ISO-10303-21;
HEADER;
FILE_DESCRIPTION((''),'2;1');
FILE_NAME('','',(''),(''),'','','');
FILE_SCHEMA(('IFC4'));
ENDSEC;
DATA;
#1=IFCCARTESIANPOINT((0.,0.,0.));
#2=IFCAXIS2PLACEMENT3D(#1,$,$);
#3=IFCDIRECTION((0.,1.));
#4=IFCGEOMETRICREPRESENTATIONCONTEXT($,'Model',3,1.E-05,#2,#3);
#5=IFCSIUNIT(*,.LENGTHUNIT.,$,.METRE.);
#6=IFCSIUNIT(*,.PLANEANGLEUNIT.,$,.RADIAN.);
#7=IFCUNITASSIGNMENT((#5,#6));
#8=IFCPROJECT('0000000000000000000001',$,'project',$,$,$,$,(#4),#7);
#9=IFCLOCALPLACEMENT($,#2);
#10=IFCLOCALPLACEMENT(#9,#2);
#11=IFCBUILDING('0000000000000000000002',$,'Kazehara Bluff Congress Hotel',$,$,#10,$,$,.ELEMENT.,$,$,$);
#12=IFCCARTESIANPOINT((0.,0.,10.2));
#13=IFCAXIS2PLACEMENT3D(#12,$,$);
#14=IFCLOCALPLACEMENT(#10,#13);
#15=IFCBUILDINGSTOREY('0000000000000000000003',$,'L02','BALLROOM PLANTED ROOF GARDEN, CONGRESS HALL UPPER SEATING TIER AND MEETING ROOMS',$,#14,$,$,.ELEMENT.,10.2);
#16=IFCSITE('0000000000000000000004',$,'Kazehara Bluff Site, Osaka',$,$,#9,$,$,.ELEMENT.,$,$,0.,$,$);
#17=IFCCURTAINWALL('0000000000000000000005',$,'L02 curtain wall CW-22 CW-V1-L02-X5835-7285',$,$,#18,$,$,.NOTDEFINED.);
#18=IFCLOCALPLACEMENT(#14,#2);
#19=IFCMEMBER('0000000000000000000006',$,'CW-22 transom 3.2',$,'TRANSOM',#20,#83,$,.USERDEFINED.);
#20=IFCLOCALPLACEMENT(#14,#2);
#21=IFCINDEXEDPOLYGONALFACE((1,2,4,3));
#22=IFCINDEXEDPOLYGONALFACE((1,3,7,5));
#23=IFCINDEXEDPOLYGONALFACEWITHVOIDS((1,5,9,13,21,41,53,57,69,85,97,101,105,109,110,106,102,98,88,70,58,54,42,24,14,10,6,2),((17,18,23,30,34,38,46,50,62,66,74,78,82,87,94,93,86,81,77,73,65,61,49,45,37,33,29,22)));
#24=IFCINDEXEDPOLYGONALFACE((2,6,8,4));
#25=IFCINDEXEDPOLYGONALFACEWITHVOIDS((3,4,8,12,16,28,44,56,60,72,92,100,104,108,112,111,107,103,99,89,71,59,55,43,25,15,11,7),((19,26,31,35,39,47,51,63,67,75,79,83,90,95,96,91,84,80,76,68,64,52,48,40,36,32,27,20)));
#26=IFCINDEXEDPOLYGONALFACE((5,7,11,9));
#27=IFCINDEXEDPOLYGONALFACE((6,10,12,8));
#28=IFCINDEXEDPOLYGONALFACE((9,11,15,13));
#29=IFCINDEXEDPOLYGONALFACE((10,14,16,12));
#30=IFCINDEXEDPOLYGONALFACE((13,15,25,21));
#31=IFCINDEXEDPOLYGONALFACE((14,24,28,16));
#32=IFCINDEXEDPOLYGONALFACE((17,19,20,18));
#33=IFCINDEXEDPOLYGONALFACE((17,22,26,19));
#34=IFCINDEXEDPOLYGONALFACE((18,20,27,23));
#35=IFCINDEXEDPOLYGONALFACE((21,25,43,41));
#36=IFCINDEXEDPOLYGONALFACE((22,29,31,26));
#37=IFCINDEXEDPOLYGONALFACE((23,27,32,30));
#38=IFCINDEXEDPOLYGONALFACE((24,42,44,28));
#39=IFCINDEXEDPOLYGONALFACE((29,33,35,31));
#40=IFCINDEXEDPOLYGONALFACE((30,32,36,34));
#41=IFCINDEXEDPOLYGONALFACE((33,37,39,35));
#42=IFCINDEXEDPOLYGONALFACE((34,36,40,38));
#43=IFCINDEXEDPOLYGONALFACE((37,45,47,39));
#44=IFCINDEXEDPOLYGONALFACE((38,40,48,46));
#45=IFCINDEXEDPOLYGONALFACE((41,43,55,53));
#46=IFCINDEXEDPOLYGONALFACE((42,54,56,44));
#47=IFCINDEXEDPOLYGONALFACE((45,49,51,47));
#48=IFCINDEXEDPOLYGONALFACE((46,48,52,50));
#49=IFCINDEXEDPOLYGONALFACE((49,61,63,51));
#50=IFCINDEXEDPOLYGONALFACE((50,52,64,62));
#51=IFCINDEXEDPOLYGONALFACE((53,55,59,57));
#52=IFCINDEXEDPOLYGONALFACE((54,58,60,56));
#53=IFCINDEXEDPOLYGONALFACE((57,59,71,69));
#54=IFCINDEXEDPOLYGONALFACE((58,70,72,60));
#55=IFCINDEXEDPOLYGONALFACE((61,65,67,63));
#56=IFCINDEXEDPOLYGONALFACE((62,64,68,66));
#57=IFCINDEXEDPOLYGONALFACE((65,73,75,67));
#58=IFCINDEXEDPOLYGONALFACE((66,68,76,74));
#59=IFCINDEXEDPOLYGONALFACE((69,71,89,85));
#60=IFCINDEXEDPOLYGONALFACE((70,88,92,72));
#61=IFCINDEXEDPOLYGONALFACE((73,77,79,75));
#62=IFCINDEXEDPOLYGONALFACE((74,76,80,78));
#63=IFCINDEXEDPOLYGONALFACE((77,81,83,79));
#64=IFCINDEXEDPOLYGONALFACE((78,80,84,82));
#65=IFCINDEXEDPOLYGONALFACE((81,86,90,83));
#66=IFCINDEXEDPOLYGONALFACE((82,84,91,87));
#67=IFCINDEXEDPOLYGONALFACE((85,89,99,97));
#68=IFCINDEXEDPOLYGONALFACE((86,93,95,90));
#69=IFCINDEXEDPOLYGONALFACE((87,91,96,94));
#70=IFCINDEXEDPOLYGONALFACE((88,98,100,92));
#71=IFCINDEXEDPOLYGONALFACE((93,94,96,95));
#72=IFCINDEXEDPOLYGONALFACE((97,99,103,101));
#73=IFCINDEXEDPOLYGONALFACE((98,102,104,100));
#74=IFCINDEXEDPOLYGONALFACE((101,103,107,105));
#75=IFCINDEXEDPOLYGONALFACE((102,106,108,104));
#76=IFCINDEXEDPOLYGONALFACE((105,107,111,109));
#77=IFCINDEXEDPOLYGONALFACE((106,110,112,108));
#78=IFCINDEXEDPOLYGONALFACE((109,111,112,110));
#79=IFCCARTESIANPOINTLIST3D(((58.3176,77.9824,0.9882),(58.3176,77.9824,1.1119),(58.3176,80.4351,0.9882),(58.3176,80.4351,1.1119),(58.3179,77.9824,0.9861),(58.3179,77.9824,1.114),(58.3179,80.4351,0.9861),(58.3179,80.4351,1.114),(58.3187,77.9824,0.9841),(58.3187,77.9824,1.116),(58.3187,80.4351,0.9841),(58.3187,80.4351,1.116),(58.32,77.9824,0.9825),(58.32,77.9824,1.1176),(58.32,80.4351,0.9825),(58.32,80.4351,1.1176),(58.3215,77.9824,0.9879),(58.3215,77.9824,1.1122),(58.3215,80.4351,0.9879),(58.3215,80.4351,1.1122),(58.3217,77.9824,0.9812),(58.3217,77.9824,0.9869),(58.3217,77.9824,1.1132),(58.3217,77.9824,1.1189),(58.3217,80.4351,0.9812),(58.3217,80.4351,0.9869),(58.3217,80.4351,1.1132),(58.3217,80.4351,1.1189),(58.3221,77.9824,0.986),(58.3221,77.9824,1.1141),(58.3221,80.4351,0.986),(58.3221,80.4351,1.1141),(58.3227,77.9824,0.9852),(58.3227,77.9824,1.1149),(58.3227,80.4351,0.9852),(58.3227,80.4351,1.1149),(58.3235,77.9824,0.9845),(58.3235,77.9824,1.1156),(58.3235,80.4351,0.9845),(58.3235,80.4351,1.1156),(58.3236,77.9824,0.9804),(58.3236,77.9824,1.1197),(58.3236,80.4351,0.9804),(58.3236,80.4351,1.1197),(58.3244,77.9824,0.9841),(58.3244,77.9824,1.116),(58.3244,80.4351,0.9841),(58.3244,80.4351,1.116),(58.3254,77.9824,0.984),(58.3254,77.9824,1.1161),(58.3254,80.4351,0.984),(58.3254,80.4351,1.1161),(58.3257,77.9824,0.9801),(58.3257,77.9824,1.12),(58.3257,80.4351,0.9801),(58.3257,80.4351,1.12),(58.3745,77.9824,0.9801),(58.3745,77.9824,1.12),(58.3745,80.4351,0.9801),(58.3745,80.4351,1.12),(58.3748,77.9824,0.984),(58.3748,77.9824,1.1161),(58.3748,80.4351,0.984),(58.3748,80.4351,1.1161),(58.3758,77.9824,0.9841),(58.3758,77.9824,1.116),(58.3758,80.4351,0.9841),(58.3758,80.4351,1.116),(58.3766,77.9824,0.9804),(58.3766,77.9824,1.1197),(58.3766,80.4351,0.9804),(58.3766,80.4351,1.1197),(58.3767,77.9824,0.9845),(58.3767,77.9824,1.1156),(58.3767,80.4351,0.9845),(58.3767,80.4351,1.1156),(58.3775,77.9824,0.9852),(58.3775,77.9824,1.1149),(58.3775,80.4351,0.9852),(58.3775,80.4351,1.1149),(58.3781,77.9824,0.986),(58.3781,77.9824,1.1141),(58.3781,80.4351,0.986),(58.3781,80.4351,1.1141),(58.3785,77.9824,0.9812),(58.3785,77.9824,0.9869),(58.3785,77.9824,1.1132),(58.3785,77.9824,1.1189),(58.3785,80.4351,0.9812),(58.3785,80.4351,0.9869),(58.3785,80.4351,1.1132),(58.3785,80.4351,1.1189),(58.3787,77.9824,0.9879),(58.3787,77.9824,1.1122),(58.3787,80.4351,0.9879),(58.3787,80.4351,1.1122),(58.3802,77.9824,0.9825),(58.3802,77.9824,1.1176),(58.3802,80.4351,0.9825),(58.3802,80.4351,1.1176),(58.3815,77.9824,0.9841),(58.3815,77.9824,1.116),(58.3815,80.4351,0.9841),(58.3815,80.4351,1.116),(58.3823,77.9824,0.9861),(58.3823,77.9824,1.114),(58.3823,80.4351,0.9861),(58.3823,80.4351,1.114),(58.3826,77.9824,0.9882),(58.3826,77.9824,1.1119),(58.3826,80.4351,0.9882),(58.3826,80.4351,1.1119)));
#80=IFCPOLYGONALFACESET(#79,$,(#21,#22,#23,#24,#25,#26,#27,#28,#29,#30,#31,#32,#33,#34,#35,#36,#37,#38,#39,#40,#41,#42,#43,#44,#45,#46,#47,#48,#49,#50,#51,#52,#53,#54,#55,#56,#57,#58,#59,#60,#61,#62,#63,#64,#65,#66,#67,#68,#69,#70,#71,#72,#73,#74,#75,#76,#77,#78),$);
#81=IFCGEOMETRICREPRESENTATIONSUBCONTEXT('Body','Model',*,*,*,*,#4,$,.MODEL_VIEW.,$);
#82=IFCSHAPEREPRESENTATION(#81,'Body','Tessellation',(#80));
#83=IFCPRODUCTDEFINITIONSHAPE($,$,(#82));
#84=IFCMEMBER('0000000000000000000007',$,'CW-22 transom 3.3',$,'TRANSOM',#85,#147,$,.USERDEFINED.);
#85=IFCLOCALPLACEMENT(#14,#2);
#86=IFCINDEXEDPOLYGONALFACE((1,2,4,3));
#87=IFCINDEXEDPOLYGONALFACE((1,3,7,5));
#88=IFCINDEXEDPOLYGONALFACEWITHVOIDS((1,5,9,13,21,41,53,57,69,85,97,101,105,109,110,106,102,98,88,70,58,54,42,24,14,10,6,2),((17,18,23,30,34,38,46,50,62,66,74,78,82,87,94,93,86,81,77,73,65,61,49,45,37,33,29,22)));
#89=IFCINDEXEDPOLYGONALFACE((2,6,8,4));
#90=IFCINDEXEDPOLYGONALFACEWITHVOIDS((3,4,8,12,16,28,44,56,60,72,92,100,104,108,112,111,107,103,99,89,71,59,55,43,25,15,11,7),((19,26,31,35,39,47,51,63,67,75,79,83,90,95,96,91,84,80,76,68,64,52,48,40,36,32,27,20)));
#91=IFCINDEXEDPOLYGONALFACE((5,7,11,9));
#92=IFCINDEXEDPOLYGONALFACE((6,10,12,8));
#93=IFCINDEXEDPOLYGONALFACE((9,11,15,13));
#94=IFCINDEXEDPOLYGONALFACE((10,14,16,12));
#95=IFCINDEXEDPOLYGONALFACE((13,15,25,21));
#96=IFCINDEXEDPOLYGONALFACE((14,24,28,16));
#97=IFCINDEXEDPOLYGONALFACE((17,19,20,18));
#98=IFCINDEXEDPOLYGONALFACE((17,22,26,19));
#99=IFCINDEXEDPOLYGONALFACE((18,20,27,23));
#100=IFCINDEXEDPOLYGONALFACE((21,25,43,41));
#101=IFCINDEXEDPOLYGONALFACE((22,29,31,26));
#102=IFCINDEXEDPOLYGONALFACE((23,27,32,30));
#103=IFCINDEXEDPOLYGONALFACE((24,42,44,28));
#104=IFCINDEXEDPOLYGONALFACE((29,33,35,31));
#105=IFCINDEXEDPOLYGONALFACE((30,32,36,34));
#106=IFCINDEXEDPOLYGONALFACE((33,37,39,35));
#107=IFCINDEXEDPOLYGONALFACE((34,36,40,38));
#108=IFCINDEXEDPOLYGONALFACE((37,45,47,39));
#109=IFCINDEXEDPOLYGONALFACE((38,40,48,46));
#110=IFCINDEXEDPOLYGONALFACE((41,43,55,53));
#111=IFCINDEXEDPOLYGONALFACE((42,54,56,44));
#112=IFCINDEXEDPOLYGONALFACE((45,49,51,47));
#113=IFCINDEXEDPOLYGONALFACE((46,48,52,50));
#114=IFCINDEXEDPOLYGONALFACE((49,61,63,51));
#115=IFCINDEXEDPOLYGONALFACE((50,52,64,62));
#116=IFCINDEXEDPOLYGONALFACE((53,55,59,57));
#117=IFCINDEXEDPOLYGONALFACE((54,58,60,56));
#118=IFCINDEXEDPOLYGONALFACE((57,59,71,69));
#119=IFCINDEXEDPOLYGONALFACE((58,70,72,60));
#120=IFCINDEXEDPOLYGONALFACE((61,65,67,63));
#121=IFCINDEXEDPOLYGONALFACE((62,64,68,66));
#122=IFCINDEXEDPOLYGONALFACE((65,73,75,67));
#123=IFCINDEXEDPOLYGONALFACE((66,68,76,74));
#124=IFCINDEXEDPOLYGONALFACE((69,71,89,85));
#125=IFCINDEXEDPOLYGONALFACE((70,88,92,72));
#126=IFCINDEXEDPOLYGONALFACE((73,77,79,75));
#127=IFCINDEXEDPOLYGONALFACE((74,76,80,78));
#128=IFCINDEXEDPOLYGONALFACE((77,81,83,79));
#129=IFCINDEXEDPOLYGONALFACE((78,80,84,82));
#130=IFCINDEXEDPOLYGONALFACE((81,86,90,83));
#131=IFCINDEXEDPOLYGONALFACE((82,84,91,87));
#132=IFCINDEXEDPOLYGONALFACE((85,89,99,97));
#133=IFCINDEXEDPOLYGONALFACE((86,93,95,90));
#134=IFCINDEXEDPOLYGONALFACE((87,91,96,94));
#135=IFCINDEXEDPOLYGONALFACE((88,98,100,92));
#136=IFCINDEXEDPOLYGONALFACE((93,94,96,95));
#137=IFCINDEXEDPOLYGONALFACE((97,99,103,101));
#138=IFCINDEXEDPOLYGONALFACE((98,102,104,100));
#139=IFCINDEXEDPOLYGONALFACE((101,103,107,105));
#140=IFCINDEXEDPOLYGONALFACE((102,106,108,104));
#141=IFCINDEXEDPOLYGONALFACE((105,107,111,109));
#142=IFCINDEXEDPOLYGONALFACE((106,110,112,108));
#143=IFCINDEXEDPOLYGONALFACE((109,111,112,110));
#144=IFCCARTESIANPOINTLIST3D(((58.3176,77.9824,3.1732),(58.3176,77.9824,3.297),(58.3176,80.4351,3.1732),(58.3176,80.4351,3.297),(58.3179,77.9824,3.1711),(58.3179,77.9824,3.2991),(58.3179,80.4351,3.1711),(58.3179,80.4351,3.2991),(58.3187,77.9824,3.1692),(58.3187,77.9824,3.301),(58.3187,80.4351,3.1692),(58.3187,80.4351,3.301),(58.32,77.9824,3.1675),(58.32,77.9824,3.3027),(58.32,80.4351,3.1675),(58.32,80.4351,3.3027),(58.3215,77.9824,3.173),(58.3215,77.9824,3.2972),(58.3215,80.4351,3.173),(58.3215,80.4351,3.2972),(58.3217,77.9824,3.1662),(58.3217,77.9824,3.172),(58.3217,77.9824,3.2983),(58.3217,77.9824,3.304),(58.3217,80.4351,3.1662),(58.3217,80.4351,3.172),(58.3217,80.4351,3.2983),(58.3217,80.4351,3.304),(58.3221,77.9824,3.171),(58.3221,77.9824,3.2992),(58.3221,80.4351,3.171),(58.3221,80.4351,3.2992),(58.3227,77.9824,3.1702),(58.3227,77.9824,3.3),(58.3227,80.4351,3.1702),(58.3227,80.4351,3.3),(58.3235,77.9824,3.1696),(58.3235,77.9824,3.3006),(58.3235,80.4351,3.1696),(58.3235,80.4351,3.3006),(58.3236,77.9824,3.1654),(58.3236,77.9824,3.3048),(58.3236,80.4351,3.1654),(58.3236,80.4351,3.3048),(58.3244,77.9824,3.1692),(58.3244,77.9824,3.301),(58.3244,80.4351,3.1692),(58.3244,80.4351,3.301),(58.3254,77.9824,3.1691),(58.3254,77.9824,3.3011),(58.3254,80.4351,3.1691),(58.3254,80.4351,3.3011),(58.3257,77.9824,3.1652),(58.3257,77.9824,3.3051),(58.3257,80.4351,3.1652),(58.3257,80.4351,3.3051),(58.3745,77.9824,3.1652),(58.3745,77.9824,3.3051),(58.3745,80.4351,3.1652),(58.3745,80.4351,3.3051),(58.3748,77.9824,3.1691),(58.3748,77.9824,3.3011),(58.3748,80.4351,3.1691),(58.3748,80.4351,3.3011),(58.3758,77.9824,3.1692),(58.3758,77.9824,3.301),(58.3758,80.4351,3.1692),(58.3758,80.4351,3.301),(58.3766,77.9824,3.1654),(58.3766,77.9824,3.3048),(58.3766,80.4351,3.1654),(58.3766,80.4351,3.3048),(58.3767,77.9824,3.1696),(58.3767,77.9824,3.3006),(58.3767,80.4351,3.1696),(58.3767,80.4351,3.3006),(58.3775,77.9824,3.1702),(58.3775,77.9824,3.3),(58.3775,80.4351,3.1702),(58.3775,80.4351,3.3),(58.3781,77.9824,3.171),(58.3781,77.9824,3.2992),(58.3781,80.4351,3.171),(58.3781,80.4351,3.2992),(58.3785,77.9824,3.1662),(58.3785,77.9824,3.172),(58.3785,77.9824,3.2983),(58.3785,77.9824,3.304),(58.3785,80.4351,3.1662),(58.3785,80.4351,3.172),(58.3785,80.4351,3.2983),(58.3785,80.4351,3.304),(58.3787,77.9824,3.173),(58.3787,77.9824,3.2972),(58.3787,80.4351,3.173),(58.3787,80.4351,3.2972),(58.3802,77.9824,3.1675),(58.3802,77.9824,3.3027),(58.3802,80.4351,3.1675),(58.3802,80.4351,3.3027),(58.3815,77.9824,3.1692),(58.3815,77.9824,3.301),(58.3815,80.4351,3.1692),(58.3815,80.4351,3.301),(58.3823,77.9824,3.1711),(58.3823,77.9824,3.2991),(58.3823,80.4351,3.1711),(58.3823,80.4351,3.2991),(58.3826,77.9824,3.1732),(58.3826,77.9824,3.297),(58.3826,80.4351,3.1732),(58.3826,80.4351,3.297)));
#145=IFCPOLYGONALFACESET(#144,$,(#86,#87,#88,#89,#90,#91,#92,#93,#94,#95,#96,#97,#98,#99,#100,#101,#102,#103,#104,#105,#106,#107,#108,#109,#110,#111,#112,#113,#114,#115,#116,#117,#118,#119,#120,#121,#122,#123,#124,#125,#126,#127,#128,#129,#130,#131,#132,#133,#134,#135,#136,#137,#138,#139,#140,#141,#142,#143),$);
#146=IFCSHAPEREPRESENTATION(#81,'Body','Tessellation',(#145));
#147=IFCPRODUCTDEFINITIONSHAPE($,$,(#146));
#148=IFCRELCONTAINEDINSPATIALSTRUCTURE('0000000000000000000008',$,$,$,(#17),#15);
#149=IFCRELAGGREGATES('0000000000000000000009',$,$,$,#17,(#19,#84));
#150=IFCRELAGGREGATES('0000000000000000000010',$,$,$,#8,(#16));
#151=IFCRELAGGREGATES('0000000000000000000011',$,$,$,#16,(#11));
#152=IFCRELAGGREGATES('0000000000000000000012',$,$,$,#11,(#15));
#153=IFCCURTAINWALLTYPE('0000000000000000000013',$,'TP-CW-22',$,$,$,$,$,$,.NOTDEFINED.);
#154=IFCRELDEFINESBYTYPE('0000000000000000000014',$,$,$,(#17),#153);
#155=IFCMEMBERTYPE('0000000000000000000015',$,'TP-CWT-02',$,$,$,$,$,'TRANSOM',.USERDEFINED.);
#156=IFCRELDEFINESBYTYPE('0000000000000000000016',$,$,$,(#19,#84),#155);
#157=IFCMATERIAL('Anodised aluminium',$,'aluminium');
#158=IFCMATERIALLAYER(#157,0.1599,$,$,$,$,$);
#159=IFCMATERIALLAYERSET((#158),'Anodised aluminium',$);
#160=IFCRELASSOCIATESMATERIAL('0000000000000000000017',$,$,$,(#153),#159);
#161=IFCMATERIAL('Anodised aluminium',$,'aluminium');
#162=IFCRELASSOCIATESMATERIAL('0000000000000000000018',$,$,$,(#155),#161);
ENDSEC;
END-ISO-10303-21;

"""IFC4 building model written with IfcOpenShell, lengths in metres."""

from ifc_helpers import new_model, si_unit, direction, frame, origin, origin_2d, place, context, subcontext, project, spatial, hollow_rectangle, extrude, material, layer, layer_set, material_profile, profile_set, type_object, element, aggregate, save


model = new_model("IFC4")

# Units and contexts
model_context = context("Model", 3, precision=1e-05, world=origin(), true_north=direction((0.0, 1.0)))
body_context = subcontext(model_context, "Body", "Model", "MODEL_VIEW")
ifc_project = project(units=[si_unit("LENGTHUNIT", "METRE"), si_unit("PLANEANGLEUNIT", "RADIAN")], contexts=[model_context])

# Site, building, storey
site_placement = place(None, origin())
site = spatial("IfcSite", under=ifc_project, at=site_placement, Name="Kazehara Bluff Site, Osaka", CompositionType="ELEMENT", RefElevation=0.0)
building_placement = place(site_placement, origin())
building = spatial("IfcBuilding", under=site, at=building_placement, Name="Kazehara Bluff Congress Hotel", CompositionType="ELEMENT")
storey_placement = place(building_placement, frame((0.0, 0.0, 10.2)))
storey = spatial("IfcBuildingStorey", under=building, at=storey_placement, Name="L02", Description="BALLROOM PLANTED ROOF GARDEN, CONGRESS HALL UPPER SEATING TIER AND MEETING ROOMS", CompositionType="ELEMENT", Elevation=10.2)

# Curtain wall
ifc_material_1 = material(Name="Anodised aluminium", Category="aluminium")
ifc_layer_1 = layer(ifc_material_1, 0.1599)
ifc_layer_set_1 = layer_set([ifc_layer_1], Name="Anodised aluminium")
curtain_wall_type_1 = type_object("IfcCurtainWallType", Name="TP-CW-22", PredefinedType="NOTDEFINED", material=ifc_layer_set_1)
curtain_wall_1_placement = place(storey_placement, origin())
curtain_wall_1 = element("IfcCurtainWall", 1, at=curtain_wall_1_placement, inside=storey, type_object=curtain_wall_type_1, Name="L02 curtain wall CW-22 CW-V1-L02-X5835-7285", PredefinedType="NOTDEFINED")

# Members
ifc_material_2 = material(Name="Anodised aluminium", Category="aluminium")
ifc_material_profile_1 = material_profile(ifc_material_2, hollow_rectangle(XDim=0.0649, YDim=0.1399, WallThickness=0.0039, InnerFilletRadius=0.0039, OuterFilletRadius=0.0081, at=origin_2d()))
ifc_profile_set_1 = profile_set([ifc_material_profile_1], Name="Anodised aluminium")
member_type_1 = type_object("IfcMemberType", Name="TP-CWT-02", ElementType="TRANSOM", PredefinedType="USERDEFINED", material=ifc_profile_set_1)
member_1_placement = place(storey_placement, frame((58.3501, 77.9824, 1.05), z_axis=(0.0, 1.0, 0.0), x_axis=(-1.0, 0.0, 0.0)))
member_1 = element("IfcMember", 2, at=member_1_placement, type_object=member_type_1, Name="CW-22 transom 3.2", ObjectType="TRANSOM", PredefinedType="USERDEFINED", context=body_context, shape_type="SweptSolid", body=[
    extrude(hollow_rectangle(XDim=0.0649, YDim=0.1399, WallThickness=0.0039, InnerFilletRadius=0.0039, OuterFilletRadius=0.0081, at=origin_2d()), origin(), (0.0, 0.0, 1.0), 2.4526),
])
member_2_placement = place(storey_placement, frame((58.3501, 77.9824, 3.2351), z_axis=(0.0, 1.0, 0.0), x_axis=(-1.0, 0.0, 0.0)))
member_2 = element("IfcMember", 3, at=member_2_placement, type_object=member_type_1, Name="CW-22 transom 3.3", ObjectType="TRANSOM", PredefinedType="USERDEFINED", context=body_context, shape_type="SweptSolid", body=[
    extrude(hollow_rectangle(XDim=0.0649, YDim=0.1399, WallThickness=0.0039, InnerFilletRadius=0.0039, OuterFilletRadius=0.0081, at=origin_2d()), origin(), (0.0, 0.0, 1.0), 2.4526),
])

aggregate(curtain_wall_1, [member_1, member_2])

save(model, "model.ifc")
